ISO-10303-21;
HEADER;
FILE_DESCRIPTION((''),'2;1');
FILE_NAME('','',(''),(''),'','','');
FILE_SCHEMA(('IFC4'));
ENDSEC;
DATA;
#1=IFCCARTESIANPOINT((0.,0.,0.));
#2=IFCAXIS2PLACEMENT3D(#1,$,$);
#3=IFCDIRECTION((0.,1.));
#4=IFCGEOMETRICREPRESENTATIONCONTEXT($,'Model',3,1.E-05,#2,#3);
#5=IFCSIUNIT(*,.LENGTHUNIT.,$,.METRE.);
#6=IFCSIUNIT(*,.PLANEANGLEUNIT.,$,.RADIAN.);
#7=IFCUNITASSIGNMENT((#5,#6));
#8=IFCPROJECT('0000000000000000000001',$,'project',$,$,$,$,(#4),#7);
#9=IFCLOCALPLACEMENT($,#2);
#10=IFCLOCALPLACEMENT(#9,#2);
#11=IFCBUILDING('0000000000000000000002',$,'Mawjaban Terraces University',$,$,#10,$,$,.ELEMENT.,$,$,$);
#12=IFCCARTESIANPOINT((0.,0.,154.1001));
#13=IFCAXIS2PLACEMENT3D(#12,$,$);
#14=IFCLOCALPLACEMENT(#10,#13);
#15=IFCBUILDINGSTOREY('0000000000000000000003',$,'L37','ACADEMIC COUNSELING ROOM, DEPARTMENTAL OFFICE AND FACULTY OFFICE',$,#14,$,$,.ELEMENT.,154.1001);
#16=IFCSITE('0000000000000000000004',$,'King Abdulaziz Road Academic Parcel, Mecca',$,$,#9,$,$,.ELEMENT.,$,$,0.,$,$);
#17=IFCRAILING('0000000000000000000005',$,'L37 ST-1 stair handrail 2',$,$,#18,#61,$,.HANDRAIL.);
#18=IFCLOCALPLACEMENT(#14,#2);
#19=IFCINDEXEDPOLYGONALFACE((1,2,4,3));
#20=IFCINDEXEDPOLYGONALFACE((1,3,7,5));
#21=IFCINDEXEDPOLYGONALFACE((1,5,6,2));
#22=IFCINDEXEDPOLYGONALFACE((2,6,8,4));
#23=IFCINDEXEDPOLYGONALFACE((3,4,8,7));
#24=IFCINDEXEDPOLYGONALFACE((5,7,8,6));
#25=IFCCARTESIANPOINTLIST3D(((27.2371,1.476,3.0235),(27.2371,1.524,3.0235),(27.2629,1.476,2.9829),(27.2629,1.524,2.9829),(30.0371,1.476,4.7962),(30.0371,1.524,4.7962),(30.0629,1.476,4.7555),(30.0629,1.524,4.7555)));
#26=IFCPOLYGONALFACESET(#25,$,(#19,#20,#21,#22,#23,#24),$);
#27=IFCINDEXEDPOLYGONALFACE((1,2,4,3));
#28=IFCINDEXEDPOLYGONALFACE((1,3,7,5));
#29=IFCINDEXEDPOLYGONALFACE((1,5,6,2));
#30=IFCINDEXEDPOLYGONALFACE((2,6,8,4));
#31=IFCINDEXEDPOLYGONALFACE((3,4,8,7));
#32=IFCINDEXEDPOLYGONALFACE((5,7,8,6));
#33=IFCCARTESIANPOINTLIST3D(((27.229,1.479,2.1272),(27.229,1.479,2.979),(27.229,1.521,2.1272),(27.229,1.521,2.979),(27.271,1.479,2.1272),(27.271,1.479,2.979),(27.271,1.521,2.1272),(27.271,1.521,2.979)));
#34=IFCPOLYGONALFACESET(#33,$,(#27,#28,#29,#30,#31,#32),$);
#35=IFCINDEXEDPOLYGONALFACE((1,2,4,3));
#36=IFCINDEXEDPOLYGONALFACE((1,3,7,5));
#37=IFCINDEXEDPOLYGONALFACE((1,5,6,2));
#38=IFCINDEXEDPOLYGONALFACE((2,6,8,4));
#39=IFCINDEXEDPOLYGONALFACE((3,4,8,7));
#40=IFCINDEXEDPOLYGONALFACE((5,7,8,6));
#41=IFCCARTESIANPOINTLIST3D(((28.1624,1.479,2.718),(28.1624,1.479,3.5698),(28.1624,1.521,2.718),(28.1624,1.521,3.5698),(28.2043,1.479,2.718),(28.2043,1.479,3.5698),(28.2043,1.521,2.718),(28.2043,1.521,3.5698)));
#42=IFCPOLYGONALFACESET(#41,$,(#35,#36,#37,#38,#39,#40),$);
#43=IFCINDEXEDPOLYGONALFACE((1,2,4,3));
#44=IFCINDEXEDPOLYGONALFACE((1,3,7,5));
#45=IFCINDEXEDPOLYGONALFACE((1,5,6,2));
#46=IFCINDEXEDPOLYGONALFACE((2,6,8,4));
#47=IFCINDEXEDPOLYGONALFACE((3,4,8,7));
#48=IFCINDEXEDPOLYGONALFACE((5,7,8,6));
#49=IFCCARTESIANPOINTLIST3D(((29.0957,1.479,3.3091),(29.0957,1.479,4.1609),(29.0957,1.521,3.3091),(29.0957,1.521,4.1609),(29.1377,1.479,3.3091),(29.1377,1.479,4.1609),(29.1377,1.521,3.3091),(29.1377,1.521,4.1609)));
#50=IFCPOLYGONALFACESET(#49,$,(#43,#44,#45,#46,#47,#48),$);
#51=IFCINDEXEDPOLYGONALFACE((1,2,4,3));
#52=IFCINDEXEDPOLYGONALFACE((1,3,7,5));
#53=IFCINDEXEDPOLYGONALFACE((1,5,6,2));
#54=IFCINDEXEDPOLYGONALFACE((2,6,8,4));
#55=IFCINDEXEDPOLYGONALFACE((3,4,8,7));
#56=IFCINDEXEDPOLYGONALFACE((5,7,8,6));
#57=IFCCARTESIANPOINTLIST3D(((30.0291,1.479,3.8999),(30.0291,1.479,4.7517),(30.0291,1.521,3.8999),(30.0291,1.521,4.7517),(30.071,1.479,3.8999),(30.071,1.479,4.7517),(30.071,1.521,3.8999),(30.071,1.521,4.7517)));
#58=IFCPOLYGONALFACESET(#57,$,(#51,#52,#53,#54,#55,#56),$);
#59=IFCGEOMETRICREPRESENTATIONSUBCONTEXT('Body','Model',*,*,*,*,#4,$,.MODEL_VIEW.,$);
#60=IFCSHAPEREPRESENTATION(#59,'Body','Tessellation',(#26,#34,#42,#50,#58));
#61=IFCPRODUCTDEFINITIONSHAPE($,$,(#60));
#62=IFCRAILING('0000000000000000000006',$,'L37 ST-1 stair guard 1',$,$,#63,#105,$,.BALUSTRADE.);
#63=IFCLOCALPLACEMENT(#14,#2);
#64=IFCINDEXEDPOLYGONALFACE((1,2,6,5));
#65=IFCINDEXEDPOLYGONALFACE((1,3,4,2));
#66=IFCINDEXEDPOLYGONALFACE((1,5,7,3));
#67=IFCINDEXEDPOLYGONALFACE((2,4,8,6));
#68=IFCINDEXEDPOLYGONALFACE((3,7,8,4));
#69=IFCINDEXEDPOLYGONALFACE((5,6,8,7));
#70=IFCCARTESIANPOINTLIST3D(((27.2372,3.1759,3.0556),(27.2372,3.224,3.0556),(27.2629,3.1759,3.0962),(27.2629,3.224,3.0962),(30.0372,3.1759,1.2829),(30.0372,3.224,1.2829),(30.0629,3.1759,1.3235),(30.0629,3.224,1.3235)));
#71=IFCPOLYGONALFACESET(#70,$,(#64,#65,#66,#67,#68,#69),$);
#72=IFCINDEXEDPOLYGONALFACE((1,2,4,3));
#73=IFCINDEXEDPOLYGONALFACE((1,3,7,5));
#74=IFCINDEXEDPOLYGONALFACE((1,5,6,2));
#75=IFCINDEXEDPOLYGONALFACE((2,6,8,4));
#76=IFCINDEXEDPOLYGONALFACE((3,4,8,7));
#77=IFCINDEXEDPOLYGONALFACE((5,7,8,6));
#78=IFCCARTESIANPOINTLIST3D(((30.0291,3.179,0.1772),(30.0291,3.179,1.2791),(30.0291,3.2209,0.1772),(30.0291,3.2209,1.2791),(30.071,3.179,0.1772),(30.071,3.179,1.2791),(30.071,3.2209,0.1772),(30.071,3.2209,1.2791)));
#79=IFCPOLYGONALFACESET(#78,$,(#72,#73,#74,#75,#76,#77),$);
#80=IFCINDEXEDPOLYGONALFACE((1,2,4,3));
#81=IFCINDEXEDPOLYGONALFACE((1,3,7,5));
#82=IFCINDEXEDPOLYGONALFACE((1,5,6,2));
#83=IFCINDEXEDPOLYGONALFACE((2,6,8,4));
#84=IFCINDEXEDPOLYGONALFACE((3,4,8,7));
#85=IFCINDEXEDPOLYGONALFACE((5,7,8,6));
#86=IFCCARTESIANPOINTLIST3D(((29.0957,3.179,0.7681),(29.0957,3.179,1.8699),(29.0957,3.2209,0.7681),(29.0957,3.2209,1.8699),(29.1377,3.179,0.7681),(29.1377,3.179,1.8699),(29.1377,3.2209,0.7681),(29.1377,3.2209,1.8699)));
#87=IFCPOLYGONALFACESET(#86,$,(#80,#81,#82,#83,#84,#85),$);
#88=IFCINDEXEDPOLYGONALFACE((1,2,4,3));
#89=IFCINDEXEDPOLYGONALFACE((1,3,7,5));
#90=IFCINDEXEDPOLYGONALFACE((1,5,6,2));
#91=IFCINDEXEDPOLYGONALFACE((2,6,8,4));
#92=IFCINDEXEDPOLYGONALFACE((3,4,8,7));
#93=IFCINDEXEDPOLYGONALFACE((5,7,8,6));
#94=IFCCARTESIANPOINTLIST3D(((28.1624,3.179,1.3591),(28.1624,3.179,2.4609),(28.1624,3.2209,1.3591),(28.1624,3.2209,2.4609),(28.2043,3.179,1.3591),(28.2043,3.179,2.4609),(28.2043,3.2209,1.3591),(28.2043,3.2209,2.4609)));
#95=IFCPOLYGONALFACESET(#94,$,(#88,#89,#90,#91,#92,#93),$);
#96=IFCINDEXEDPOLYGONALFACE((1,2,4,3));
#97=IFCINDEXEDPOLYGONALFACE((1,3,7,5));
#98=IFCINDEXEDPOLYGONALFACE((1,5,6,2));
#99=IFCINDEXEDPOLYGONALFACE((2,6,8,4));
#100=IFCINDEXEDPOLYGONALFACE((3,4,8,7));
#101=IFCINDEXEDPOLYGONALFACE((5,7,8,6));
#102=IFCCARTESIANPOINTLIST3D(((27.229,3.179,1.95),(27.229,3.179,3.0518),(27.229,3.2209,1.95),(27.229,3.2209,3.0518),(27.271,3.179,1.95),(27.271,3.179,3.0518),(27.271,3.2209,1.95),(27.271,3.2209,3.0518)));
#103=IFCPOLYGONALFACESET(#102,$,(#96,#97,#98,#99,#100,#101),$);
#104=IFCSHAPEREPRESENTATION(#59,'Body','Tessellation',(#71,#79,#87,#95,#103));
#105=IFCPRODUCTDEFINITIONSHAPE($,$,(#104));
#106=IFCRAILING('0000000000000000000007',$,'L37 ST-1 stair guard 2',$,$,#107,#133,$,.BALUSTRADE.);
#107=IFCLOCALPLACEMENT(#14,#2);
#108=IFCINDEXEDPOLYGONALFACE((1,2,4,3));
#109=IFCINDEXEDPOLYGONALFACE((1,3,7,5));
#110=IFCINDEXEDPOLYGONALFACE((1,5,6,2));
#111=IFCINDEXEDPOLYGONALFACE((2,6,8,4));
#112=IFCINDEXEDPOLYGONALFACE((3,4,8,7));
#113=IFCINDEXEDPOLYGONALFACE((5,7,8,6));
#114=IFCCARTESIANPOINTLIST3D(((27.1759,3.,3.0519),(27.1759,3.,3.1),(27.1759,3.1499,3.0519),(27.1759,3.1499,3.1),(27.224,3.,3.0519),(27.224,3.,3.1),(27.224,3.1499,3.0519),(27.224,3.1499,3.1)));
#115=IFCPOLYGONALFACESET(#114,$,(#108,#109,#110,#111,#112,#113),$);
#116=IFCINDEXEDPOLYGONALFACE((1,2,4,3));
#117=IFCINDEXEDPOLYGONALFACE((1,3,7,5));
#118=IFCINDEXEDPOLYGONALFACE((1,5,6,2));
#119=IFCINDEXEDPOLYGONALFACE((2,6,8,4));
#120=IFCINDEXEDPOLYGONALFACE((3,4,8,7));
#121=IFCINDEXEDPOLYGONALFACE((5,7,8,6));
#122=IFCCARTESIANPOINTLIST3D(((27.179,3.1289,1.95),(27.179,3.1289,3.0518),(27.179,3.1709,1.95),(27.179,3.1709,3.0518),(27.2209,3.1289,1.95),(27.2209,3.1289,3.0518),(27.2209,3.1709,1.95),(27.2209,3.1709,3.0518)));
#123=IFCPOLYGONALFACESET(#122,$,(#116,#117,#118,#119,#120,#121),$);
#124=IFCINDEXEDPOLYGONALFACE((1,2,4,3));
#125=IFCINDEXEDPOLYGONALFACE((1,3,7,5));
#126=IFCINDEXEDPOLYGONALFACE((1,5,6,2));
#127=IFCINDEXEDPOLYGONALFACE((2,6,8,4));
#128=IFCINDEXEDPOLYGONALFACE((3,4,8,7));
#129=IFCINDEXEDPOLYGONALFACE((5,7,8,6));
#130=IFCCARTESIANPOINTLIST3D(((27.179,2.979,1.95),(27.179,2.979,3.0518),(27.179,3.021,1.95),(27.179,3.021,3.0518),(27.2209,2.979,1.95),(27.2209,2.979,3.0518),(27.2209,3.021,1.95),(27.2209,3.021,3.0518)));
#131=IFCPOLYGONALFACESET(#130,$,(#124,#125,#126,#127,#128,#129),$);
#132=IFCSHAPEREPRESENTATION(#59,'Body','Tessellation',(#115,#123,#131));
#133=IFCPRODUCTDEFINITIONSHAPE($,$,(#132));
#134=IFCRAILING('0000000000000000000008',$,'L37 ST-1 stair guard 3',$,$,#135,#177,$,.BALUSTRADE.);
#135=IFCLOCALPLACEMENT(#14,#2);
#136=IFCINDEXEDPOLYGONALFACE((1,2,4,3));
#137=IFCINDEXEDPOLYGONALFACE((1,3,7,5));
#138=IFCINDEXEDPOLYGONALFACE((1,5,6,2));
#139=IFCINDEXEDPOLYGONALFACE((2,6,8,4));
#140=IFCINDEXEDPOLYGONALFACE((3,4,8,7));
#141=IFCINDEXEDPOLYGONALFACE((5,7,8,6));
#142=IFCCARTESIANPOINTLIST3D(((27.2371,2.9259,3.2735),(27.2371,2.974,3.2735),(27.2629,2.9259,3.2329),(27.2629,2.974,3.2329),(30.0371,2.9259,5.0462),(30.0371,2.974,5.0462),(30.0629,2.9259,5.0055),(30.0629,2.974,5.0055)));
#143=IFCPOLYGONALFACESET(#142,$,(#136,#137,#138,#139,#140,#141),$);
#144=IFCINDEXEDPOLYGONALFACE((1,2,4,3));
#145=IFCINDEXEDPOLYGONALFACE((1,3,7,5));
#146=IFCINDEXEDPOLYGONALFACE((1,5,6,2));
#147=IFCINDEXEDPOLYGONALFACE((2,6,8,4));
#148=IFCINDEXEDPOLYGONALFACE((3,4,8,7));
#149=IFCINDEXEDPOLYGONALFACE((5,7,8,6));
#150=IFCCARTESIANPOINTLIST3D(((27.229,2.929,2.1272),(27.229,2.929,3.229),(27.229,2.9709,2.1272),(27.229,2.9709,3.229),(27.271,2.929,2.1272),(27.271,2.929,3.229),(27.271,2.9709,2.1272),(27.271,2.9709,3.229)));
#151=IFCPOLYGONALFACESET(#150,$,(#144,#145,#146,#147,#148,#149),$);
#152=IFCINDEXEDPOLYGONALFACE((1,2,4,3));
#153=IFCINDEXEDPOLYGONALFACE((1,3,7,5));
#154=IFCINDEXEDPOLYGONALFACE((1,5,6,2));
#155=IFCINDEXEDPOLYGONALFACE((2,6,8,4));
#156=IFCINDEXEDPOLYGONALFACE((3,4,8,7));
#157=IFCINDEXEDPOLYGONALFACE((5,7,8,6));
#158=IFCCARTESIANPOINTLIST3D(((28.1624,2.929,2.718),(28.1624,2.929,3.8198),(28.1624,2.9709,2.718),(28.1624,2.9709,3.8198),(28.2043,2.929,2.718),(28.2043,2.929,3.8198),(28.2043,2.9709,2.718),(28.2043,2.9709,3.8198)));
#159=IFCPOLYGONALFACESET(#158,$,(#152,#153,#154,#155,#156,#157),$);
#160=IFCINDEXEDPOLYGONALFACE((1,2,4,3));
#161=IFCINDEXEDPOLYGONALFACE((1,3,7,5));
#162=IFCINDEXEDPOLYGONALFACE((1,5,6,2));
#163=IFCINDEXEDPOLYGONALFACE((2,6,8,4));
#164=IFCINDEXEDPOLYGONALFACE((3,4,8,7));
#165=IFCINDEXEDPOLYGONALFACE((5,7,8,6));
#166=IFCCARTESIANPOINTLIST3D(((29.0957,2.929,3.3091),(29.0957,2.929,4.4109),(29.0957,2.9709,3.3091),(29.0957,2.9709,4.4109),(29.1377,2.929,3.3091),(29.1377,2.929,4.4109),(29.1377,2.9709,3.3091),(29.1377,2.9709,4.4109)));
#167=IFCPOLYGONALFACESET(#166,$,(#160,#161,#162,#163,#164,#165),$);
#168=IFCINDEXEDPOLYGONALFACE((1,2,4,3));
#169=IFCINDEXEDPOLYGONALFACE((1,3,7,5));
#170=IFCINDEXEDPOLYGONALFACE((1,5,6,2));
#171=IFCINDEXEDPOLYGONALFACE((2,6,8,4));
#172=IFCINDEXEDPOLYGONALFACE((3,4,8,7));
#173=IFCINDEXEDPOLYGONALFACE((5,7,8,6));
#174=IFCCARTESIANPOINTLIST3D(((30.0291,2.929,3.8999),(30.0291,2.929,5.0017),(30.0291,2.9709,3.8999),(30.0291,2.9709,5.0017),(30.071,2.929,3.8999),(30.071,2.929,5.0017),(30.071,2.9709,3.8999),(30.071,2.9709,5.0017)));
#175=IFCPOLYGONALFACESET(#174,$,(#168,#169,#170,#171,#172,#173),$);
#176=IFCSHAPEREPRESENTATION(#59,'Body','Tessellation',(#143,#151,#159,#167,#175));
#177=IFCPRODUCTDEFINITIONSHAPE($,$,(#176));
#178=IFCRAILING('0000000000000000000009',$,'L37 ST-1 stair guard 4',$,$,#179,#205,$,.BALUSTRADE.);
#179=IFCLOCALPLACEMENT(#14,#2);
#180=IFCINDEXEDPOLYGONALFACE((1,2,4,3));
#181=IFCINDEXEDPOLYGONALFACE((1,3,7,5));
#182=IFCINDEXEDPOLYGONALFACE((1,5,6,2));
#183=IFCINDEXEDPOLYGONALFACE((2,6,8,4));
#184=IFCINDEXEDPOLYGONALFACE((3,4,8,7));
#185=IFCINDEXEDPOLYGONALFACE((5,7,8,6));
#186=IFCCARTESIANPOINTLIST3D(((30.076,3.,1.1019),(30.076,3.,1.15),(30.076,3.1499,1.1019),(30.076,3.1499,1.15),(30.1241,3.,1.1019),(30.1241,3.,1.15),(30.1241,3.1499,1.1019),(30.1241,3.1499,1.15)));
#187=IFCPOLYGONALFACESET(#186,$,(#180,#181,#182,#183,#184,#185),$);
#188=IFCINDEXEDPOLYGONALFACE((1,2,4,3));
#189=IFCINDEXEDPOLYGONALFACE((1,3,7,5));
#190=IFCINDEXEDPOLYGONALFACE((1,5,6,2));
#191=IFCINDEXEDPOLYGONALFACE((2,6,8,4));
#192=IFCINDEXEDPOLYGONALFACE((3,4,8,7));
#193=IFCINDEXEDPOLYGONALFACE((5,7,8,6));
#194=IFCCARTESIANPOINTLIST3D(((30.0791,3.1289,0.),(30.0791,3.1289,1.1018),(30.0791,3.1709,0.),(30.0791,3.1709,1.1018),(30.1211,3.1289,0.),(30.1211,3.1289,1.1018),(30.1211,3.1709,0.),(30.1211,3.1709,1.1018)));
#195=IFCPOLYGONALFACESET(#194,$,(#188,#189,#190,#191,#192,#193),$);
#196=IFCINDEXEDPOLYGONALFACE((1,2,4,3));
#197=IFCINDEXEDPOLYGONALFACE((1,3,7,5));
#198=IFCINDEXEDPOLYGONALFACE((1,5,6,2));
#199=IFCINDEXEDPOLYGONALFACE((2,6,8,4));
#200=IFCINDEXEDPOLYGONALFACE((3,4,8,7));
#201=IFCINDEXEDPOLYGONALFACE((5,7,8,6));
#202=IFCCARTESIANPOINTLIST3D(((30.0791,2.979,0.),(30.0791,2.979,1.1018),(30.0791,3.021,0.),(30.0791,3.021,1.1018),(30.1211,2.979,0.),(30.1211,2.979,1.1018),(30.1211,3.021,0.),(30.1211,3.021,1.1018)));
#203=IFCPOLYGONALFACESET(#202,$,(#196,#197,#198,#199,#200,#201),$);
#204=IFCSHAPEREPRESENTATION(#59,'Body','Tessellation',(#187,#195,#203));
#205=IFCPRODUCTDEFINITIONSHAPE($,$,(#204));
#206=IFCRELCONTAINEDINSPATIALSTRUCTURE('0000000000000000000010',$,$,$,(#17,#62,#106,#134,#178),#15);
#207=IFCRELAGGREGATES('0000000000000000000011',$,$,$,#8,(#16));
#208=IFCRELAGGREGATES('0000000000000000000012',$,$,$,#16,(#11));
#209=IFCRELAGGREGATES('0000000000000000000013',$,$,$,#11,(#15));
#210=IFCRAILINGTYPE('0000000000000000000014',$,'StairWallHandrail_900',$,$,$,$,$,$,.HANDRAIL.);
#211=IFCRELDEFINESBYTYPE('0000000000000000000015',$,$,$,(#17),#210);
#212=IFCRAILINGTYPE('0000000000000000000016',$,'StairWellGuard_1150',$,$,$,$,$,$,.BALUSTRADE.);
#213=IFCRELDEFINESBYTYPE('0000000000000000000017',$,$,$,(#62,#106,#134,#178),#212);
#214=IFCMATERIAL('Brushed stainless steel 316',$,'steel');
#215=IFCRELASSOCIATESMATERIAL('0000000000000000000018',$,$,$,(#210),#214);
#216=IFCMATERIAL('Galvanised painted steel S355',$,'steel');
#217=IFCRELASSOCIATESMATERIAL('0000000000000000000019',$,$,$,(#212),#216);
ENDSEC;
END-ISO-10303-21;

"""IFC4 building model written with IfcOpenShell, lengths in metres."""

from ifc_helpers import new_model, si_unit, direction, frame, origin, origin_2d, place, context, subcontext, project, spatial, rectangle, extrude, material, type_object, element, save


model = new_model("IFC4")

# Units and contexts
model_context = context("Model", 3, precision=1e-05, world=origin(), true_north=direction((0.0, 1.0)))
body_context = subcontext(model_context, "Body", "Model", "MODEL_VIEW")
ifc_project = project(units=[si_unit("LENGTHUNIT", "METRE"), si_unit("PLANEANGLEUNIT", "RADIAN")], contexts=[model_context])

# Site, building, storey
site_placement = place(None, origin())
site = spatial("IfcSite", under=ifc_project, at=site_placement, Name="King Abdulaziz Road Academic Parcel, Mecca", CompositionType="ELEMENT", RefElevation=0.0)
building_placement = place(site_placement, origin())
building = spatial("IfcBuilding", under=site, at=building_placement, Name="Mawjaban Terraces University", CompositionType="ELEMENT")
storey_placement = place(building_placement, frame((0.0, 0.0, 154.1001)))
storey = spatial("IfcBuildingStorey", under=building, at=storey_placement, Name="L37", Description="ACADEMIC COUNSELING ROOM, DEPARTMENTAL OFFICE AND FACULTY OFFICE", CompositionType="ELEMENT", Elevation=154.1001)

# Railings
ifc_material_1 = material(Name="Brushed stainless steel 316", Category="steel")
railing_type_1 = type_object("IfcRailingType", Name="StairWallHandrail_900", PredefinedType="HANDRAIL", material=ifc_material_1)
railing_1_placement = place(storey_placement, frame((27.25, 1.5, 2.1272)))
element("IfcRailing", 1, at=railing_1_placement, inside=storey, type_object=railing_type_1, Name="L37 ST-1 stair handrail 2", PredefinedType="HANDRAIL", context=body_context, shape_type="SweptSolid", body=[
    extrude(rectangle(XDim=0.0481, YDim=0.0481, at=origin_2d()), frame((0.0, 0.0, 0.876), z_axis=(0.844909, 0.0, 0.53491), x_axis=(0.0, 1.0, 0.0)), (0.0, 0.0, 1.0), 3.314),
    extrude(rectangle(XDim=0.042, YDim=0.042, at=origin_2d()), origin(), (0.0, 0.0, 1.0), 0.8518),
    extrude(rectangle(XDim=0.042, YDim=0.042, at=origin_2d()), frame((0.9333, 0.0, 0.5908)), (0.0, 0.0, 1.0), 0.8518),
    extrude(rectangle(XDim=0.042, YDim=0.042, at=origin_2d()), frame((1.8667, 0.0, 1.1819)), (0.0, 0.0, 1.0), 0.8518),
    extrude(rectangle(XDim=0.042, YDim=0.042, at=origin_2d()), frame((2.8, 0.0, 1.7727)), (0.0, 0.0, 1.0), 0.8518),
])
ifc_material_2 = material(Name="Galvanised painted steel S355", Category="steel")
railing_type_2 = type_object("IfcRailingType", Name="StairWellGuard_1150", PredefinedType="BALUSTRADE", material=ifc_material_2)
railing_2_placement = place(storey_placement, frame((30.05, 3.2, 0.1772)))
element("IfcRailing", 2, at=railing_2_placement, inside=storey, type_object=railing_type_2, Name="L37 ST-1 stair guard 1", PredefinedType="BALUSTRADE", context=body_context, shape_type="SweptSolid", body=[
    extrude(rectangle(XDim=0.0481, YDim=0.0481, at=origin_2d()), frame((0.0, 0.0, 1.126), z_axis=(-0.844909, 0.0, 0.53491), x_axis=(0.0, -1.0, 0.0)), (0.0, 0.0, 1.0), 3.314),
    extrude(rectangle(XDim=0.042, YDim=0.042, at=origin_2d()), origin(), (0.0, 0.0, 1.0), 1.1018),
    extrude(rectangle(XDim=0.042, YDim=0.042, at=origin_2d()), frame((-0.9333, 0.0, 0.5908)), (0.0, 0.0, 1.0), 1.1018),
    extrude(rectangle(XDim=0.042, YDim=0.042, at=origin_2d()), frame((-1.8667, 0.0, 1.1819)), (0.0, 0.0, 1.0), 1.1018),
    extrude(rectangle(XDim=0.042, YDim=0.042, at=origin_2d()), frame((-2.8, 0.0, 1.7727)), (0.0, 0.0, 1.0), 1.1018),
])
railing_3_placement = place(storey_placement, frame((27.2, 3.1499, 1.95)))
element("IfcRailing", 3, at=railing_3_placement, inside=storey, type_object=railing_type_2, Name="L37 ST-1 stair guard 2", PredefinedType="BALUSTRADE", context=body_context, shape_type="SweptSolid", body=[
    extrude(rectangle(XDim=0.0481, YDim=0.0481, at=origin_2d()), frame((0.0, 0.0, 1.126), z_axis=(0.0, -1.0, 0.0), x_axis=(1.0, 0.0, 0.0)), (0.0, 0.0, 1.0), 0.1499),
    extrude(rectangle(XDim=0.042, YDim=0.042, at=origin_2d()), origin(), (0.0, 0.0, 1.0), 1.1018),
    extrude(rectangle(XDim=0.042, YDim=0.042, at=origin_2d()), frame((0.0, -0.1499, 0.0)), (0.0, 0.0, 1.0), 1.1018),
])
railing_4_placement = place(storey_placement, frame((27.25, 2.95, 2.1272)))
element("IfcRailing", 4, at=railing_4_placement, inside=storey, type_object=railing_type_2, Name="L37 ST-1 stair guard 3", PredefinedType="BALUSTRADE", context=body_context, shape_type="SweptSolid", body=[
    extrude(rectangle(XDim=0.0481, YDim=0.0481, at=origin_2d()), frame((0.0, 0.0, 1.126), z_axis=(0.844909, 0.0, 0.53491), x_axis=(0.0, 1.0, 0.0)), (0.0, 0.0, 1.0), 3.314),
    extrude(rectangle(XDim=0.042, YDim=0.042, at=origin_2d()), origin(), (0.0, 0.0, 1.0), 1.1018),
    extrude(rectangle(XDim=0.042, YDim=0.042, at=origin_2d()), frame((0.9333, 0.0, 0.5908)), (0.0, 0.0, 1.0), 1.1018),
    extrude(rectangle(XDim=0.042, YDim=0.042, at=origin_2d()), frame((1.8667, 0.0, 1.1819)), (0.0, 0.0, 1.0), 1.1018),
    extrude(rectangle(XDim=0.042, YDim=0.042, at=origin_2d()), frame((2.8, 0.0, 1.7727)), (0.0, 0.0, 1.0), 1.1018),
])
railing_5_placement = place(storey_placement, frame((30.1001, 3.1499, 0.0)))
element("IfcRailing", 5, at=railing_5_placement, inside=storey, type_object=railing_type_2, Name="L37 ST-1 stair guard 4", PredefinedType="BALUSTRADE", context=body_context, shape_type="SweptSolid", body=[
    extrude(rectangle(XDim=0.0481, YDim=0.0481, at=origin_2d()), frame((0.0, 0.0, 1.126), z_axis=(0.0, -1.0, 0.0), x_axis=(1.0, 0.0, 0.0)), (0.0, 0.0, 1.0), 0.1499),
    extrude(rectangle(XDim=0.042, YDim=0.042, at=origin_2d()), origin(), (0.0, 0.0, 1.0), 1.1018),
    extrude(rectangle(XDim=0.042, YDim=0.042, at=origin_2d()), frame((0.0, -0.1499, 0.0)), (0.0, 0.0, 1.0), 1.1018),
])

save(model, "model.ifc")
